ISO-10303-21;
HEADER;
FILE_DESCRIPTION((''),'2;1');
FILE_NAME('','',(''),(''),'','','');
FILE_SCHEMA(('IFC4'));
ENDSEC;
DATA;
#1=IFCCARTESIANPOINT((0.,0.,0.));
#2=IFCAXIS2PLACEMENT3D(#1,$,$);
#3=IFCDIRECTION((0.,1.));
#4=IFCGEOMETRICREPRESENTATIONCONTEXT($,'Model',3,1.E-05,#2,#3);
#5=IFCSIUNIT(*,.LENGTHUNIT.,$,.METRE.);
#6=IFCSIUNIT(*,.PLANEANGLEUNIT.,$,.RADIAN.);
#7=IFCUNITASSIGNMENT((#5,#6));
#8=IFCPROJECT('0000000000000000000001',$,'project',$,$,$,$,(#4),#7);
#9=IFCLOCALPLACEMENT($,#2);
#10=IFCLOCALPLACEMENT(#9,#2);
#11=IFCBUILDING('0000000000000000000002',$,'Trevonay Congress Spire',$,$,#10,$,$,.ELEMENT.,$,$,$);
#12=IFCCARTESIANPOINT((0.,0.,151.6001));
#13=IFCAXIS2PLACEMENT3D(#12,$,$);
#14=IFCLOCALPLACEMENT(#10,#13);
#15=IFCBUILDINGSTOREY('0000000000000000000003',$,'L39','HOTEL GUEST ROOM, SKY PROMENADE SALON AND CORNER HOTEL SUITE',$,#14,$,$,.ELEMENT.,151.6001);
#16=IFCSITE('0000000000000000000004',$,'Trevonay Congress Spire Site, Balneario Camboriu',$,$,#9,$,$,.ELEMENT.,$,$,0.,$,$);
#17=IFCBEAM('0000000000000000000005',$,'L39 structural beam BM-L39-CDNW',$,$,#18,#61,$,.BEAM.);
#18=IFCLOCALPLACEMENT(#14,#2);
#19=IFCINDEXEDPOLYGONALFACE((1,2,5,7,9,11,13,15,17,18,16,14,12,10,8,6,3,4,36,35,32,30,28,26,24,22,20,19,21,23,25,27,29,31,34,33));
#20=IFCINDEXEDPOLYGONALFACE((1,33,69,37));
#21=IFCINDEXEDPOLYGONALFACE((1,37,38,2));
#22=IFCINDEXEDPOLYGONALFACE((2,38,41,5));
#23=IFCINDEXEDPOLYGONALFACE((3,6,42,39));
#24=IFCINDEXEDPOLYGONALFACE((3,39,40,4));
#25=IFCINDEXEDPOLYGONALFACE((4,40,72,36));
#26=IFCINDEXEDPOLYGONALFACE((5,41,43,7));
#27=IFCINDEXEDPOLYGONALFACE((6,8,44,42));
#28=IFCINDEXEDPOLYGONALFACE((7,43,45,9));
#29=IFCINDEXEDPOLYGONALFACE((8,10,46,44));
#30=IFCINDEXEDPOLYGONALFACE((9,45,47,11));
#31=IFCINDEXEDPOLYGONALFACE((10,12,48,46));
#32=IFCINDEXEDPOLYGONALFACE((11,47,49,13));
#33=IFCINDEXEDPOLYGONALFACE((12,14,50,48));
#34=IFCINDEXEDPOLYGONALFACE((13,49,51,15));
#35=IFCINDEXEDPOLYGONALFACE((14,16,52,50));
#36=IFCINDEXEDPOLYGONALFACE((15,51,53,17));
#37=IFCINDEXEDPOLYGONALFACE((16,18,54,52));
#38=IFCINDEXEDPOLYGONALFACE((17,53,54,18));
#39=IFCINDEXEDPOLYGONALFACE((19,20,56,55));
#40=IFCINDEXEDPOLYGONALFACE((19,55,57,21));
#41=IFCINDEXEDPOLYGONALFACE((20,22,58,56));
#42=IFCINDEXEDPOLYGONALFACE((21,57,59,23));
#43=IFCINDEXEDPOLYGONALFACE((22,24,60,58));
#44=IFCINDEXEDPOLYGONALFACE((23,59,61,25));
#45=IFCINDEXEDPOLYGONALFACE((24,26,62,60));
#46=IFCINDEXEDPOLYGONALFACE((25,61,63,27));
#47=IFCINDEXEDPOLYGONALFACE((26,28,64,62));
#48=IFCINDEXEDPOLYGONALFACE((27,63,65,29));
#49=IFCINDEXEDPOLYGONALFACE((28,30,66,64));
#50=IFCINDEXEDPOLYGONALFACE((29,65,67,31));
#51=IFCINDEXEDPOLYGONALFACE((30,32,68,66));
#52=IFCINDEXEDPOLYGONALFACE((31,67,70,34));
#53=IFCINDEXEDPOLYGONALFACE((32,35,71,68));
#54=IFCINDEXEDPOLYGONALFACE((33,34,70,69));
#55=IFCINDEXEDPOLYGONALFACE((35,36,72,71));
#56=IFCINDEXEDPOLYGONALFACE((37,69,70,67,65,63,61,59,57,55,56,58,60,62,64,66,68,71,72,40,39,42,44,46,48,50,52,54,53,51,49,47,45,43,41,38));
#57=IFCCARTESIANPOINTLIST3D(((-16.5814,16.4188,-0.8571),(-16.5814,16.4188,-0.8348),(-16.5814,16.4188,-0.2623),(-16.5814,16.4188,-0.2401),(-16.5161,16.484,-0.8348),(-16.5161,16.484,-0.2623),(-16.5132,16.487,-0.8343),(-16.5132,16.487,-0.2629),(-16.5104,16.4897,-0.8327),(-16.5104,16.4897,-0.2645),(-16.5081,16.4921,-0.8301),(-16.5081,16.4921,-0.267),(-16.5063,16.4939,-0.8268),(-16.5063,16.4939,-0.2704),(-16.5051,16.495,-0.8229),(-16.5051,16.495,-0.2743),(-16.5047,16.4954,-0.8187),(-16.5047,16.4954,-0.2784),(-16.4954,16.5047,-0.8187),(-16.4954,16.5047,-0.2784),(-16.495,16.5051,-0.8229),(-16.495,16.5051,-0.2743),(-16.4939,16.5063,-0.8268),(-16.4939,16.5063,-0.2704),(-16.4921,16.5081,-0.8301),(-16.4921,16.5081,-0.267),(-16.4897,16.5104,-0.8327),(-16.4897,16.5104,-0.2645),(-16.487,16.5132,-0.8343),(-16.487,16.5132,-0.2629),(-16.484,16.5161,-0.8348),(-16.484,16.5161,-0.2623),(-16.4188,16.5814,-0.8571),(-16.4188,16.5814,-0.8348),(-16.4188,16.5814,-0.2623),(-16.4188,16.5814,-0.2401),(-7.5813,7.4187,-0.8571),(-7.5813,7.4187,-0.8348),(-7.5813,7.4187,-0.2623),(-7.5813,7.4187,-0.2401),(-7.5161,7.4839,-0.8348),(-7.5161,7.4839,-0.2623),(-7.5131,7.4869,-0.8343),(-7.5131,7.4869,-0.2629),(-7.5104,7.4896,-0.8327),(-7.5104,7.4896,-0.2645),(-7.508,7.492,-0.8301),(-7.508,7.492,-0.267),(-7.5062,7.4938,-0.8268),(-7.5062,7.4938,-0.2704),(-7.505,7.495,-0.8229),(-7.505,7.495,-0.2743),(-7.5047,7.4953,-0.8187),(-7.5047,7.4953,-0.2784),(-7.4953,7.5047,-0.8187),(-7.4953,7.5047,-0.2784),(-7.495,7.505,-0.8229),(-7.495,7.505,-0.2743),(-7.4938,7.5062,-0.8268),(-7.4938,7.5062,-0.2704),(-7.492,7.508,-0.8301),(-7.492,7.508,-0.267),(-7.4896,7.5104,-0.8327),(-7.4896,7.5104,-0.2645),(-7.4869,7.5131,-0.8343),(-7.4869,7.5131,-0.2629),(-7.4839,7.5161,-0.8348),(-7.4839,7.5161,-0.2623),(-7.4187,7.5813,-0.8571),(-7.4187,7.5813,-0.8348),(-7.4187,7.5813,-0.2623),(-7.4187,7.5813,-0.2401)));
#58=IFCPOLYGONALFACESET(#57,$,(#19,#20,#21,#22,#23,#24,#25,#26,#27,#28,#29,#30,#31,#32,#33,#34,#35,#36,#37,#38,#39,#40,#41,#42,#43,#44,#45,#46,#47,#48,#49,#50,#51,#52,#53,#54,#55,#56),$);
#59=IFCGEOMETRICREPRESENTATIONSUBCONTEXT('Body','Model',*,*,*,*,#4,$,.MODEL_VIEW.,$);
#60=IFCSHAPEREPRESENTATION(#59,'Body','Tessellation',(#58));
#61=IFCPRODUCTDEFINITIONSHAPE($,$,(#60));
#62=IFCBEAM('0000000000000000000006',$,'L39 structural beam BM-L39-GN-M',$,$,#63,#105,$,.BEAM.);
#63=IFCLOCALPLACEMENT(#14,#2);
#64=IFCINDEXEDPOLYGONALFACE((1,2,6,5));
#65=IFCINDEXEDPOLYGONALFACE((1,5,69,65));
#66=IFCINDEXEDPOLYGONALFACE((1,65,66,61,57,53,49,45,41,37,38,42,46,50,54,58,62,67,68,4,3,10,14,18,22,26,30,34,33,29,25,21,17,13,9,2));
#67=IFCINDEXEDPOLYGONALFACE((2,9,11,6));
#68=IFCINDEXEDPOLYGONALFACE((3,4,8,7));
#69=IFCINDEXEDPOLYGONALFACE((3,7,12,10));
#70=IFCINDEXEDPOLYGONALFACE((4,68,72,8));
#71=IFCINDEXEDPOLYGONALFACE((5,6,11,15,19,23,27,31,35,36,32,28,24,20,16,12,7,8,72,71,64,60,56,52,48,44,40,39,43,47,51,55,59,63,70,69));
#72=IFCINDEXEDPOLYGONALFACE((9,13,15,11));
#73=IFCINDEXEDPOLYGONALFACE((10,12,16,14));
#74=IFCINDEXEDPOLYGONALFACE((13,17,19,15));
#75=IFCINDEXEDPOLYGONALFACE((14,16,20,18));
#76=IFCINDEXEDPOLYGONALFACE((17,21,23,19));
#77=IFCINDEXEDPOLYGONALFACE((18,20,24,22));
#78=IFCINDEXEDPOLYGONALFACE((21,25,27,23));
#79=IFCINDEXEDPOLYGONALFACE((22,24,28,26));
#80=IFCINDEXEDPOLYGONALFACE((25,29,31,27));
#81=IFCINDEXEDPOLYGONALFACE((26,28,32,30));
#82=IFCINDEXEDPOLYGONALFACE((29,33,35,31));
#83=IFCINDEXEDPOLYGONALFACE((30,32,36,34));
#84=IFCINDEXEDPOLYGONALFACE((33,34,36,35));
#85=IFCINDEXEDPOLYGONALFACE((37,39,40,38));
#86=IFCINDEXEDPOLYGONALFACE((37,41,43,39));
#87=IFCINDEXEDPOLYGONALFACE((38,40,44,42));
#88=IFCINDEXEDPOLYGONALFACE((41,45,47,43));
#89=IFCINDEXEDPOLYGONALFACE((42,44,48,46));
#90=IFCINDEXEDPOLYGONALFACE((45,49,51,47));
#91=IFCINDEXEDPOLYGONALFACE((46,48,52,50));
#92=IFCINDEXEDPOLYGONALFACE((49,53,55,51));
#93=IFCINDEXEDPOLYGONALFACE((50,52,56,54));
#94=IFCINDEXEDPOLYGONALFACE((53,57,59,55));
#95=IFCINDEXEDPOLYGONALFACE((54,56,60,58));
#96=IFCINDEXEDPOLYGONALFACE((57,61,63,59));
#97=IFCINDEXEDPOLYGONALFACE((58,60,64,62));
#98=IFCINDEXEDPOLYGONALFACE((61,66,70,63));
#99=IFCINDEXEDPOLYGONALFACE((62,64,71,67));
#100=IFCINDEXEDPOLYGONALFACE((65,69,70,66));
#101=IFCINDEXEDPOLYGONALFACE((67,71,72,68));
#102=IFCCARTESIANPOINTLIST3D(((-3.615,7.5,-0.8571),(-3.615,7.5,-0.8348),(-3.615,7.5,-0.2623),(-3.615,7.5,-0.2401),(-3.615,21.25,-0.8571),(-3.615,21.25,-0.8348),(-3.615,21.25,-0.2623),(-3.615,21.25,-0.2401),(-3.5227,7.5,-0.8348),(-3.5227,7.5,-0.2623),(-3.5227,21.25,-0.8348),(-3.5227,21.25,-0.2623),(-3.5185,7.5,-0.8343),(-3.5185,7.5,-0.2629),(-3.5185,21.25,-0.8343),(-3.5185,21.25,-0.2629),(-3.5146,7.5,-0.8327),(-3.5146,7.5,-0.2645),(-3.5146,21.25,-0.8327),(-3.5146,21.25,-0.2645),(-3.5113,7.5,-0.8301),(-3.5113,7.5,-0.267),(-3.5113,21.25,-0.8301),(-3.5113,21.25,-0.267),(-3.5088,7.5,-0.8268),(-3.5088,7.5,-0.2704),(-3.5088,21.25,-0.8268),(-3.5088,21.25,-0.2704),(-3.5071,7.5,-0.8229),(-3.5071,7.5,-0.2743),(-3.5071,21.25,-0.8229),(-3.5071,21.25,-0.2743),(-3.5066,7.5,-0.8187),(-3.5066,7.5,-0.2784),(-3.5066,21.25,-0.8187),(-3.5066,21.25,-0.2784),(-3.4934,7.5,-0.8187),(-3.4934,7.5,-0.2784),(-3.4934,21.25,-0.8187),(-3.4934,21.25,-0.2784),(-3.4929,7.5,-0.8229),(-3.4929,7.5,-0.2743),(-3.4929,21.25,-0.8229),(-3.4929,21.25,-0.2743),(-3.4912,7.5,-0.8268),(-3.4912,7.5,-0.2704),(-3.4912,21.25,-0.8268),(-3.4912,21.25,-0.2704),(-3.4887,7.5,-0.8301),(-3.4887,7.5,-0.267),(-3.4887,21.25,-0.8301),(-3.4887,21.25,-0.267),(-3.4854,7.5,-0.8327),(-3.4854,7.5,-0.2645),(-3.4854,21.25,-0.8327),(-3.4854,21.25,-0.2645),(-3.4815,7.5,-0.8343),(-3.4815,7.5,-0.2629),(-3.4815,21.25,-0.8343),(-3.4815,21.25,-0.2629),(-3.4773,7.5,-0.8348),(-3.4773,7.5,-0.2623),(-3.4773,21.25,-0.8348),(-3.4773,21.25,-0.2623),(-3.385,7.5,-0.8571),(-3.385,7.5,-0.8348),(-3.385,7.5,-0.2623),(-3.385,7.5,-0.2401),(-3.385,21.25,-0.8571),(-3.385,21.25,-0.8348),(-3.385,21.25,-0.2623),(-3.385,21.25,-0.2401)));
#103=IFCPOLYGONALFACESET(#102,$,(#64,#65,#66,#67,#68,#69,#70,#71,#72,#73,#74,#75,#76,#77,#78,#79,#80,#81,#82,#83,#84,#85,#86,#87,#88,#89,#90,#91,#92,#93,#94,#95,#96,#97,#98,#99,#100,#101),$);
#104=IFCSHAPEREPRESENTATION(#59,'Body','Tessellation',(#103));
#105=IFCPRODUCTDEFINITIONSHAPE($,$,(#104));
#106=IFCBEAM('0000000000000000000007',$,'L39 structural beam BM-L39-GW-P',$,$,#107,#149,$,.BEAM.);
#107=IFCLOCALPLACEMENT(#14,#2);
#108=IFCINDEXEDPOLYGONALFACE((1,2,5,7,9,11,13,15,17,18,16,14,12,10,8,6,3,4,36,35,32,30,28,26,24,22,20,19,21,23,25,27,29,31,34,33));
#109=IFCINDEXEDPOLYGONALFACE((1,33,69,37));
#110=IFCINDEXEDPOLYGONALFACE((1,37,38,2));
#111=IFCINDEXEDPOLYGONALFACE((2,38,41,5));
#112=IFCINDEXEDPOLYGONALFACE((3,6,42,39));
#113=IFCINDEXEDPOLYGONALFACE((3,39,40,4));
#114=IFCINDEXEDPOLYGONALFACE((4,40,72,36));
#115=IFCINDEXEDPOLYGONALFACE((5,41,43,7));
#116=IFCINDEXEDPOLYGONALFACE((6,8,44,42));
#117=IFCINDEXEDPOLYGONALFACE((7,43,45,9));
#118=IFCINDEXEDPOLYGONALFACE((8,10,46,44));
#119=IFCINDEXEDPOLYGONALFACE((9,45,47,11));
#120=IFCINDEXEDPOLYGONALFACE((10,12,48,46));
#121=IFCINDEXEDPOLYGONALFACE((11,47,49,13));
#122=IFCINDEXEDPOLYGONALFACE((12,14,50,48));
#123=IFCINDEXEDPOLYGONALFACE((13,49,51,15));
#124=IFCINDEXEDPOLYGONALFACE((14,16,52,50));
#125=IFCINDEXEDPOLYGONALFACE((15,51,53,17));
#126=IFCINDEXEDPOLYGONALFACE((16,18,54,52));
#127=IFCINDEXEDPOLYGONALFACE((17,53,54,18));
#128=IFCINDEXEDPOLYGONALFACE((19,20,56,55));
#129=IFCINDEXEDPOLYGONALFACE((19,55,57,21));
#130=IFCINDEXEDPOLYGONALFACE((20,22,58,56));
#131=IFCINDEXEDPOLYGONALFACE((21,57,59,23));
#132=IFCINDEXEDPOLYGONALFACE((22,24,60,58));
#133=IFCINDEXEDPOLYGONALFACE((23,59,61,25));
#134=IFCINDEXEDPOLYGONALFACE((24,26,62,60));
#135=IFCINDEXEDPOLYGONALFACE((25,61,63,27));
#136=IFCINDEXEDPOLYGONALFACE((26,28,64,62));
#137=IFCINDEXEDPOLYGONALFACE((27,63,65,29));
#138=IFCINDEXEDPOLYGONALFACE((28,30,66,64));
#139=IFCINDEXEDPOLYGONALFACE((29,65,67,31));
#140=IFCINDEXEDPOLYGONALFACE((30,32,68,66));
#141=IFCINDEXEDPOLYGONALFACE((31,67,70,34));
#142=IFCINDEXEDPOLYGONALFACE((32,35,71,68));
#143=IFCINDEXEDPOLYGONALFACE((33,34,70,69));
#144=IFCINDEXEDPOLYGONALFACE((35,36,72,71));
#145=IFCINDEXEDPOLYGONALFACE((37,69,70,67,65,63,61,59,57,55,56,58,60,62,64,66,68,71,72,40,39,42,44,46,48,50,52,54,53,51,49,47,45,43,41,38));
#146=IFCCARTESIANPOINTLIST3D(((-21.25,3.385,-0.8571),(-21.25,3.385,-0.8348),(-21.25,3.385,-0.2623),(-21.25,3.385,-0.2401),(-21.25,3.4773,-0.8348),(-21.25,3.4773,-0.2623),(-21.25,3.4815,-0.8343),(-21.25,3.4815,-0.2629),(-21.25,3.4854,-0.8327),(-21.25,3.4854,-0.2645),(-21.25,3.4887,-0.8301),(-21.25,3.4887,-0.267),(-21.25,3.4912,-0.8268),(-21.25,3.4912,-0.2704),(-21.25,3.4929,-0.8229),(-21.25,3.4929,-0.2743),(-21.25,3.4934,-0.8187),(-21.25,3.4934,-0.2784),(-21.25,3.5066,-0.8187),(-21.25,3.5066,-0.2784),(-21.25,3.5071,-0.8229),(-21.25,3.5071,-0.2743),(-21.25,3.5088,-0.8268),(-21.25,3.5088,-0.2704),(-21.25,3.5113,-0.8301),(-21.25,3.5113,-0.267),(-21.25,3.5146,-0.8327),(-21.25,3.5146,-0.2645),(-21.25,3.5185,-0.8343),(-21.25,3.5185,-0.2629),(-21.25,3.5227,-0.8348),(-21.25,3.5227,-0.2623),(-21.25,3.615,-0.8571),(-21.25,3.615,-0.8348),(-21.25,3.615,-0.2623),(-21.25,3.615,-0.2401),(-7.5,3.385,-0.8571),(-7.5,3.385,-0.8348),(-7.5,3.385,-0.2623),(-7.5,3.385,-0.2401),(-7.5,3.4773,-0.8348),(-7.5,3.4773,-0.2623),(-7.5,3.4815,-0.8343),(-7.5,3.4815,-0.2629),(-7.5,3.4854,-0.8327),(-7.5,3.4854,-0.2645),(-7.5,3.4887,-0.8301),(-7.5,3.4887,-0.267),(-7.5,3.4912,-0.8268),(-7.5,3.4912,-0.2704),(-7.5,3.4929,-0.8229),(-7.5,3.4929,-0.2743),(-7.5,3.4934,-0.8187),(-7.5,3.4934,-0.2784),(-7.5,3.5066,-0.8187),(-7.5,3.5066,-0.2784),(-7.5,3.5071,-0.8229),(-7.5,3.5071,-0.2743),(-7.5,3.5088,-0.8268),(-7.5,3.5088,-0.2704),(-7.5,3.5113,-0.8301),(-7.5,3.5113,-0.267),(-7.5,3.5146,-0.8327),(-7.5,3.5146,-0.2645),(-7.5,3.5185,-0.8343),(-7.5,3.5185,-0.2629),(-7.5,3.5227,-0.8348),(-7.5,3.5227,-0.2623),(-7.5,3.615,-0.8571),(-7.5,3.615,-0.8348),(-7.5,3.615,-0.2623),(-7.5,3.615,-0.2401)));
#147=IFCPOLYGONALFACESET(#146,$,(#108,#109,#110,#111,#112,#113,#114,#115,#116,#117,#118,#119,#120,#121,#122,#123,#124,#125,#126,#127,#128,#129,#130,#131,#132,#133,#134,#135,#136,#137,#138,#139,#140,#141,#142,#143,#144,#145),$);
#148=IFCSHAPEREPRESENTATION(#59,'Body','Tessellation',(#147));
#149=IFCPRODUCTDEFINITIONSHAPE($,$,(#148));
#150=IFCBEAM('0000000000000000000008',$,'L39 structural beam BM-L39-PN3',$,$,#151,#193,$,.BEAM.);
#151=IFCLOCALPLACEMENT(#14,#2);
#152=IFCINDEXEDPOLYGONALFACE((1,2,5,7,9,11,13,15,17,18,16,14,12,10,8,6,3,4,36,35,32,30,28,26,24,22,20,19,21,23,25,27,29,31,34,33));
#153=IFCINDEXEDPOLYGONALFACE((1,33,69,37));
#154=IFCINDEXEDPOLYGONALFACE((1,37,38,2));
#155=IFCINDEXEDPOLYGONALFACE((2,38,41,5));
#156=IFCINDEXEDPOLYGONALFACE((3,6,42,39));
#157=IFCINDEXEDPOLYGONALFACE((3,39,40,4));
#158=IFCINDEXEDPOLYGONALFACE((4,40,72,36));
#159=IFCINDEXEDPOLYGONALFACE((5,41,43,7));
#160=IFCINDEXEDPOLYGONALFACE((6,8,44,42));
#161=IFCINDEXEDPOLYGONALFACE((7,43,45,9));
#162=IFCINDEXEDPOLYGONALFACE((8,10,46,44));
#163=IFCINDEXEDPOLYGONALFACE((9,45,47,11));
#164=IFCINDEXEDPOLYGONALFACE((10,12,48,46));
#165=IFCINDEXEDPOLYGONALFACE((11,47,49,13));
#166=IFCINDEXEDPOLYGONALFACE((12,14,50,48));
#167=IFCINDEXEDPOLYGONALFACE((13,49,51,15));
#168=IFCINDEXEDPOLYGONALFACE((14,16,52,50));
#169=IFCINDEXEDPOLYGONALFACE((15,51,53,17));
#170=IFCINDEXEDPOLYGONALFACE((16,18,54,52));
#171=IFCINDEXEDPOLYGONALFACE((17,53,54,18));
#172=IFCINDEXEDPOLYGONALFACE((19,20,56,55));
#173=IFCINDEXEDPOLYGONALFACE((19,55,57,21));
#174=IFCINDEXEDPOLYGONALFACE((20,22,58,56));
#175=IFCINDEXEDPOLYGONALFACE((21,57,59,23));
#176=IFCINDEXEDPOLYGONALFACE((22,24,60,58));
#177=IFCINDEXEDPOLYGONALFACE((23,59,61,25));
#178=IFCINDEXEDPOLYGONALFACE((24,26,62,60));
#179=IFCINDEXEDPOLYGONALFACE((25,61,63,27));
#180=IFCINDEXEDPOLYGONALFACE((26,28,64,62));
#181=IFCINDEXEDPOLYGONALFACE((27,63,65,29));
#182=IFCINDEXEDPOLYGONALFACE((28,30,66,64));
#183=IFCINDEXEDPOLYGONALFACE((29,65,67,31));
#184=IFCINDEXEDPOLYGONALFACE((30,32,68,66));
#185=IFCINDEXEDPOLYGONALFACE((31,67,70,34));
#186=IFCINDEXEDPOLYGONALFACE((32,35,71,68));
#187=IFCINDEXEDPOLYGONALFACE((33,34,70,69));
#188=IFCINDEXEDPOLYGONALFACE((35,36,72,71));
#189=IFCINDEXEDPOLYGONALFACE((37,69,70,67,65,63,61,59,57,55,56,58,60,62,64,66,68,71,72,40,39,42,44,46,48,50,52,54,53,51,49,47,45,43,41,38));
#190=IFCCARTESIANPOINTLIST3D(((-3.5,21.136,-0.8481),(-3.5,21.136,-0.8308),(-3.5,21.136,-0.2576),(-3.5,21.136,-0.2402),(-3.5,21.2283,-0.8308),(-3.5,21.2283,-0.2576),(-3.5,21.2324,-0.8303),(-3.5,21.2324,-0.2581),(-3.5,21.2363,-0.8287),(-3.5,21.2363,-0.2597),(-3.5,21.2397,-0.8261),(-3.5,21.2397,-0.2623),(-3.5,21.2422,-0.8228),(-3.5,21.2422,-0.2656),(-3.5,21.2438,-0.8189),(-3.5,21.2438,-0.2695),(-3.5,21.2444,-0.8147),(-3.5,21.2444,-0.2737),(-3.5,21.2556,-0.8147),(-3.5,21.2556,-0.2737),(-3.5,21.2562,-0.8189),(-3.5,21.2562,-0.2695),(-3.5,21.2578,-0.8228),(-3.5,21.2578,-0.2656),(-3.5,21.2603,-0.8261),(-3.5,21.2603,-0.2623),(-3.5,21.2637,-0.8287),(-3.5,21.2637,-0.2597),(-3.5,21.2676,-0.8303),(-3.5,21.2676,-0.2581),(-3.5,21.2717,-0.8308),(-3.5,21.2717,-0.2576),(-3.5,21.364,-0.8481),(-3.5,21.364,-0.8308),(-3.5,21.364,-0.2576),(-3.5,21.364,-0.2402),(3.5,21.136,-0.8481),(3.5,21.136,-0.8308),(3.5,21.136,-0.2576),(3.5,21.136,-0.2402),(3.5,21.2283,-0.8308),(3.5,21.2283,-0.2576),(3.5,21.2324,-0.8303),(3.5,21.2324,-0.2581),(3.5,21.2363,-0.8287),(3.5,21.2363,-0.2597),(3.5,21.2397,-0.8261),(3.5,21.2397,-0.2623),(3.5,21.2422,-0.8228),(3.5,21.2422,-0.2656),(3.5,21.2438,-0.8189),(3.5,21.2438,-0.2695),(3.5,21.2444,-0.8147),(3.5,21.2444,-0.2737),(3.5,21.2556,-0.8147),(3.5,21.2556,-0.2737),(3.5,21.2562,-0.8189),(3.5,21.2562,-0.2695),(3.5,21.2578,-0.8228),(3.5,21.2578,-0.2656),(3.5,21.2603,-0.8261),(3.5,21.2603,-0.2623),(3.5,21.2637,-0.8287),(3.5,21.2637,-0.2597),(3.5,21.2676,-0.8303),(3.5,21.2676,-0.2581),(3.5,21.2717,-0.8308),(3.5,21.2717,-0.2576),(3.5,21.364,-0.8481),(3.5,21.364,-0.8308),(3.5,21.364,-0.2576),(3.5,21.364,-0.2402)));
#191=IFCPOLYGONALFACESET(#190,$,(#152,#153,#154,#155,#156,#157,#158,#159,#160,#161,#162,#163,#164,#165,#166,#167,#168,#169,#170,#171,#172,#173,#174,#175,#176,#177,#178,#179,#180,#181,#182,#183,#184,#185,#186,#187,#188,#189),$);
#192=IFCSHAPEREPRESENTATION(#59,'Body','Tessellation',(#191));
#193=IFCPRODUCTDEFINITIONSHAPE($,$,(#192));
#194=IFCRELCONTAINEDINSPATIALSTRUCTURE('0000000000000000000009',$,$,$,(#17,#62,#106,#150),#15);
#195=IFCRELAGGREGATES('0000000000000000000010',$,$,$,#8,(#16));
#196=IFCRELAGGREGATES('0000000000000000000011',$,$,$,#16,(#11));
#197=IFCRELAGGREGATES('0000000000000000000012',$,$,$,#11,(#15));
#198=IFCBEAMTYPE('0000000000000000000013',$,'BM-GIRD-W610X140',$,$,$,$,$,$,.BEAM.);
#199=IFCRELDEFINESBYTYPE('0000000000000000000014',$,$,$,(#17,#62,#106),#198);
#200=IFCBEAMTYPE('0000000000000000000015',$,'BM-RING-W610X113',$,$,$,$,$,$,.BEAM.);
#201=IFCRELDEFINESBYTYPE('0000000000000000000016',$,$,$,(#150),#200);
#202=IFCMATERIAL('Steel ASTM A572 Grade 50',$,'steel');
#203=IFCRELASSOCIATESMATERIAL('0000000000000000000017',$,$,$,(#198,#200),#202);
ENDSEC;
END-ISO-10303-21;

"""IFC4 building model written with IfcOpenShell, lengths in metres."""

from ifc_helpers import new_model, si_unit, direction, frame, origin, origin_2d, place, context, subcontext, project, spatial, i_section, extrude, material, material_profile, profile_set, type_object, element, save


model = new_model("IFC4")

# Units and contexts
model_context = context("Model", 3, precision=1e-05, world=origin(), true_north=direction((0.0, 1.0)))
body_context = subcontext(model_context, "Body", "Model", "MODEL_VIEW")
ifc_project = project(units=[si_unit("LENGTHUNIT", "METRE"), si_unit("PLANEANGLEUNIT", "RADIAN")], contexts=[model_context])

# Site, building, storey
site_placement = place(None, origin())
site = spatial("IfcSite", under=ifc_project, at=site_placement, Name="Trevonay Congress Spire Site, Balneario Camboriu", CompositionType="ELEMENT", RefElevation=0.0)
building_placement = place(site_placement, origin())
building = spatial("IfcBuilding", under=site, at=building_placement, Name="Trevonay Congress Spire", CompositionType="ELEMENT")
storey_placement = place(building_placement, frame((0.0, 0.0, 151.6001)))
storey = spatial("IfcBuildingStorey", under=building, at=storey_placement, Name="L39", Description="HOTEL GUEST ROOM, SKY PROMENADE SALON AND CORNER HOTEL SUITE", CompositionType="ELEMENT", Elevation=151.6001)

# Shared definitions
ifc_material_1 = material(Name="Steel ASTM A572 Grade 50", Category="steel")

# Beams
ifc_material_profile_1 = material_profile(ifc_material_1, i_section(OverallWidth=0.23, OverallDepth=0.6169, WebThickness=0.0132, FlangeThickness=0.0222, FilletRadius=0.0161, at=origin_2d()), Name="W610x140")
ifc_profile_set_1 = profile_set([ifc_material_profile_1], Name="Steel ASTM A572 Grade 50")
beam_type_1 = type_object("IfcBeamType", Name="BM-GIRD-W610X140", PredefinedType="BEAM", material=ifc_profile_set_1)
beam_1_placement = place(storey_placement, frame((-7.5, 7.5, -0.5486), z_axis=(-0.707107, 0.707107, 0.0), x_axis=(-0.707107, -0.707107, 0.0)))
element("IfcBeam", 1, at=beam_1_placement, inside=storey, type_object=beam_type_1, Name="L39 structural beam BM-L39-CDNW", PredefinedType="BEAM", context=body_context, shape_type="SweptSolid", body=[
    extrude(i_section(OverallWidth=0.23, OverallDepth=0.6169, WebThickness=0.0132, FlangeThickness=0.0222, FilletRadius=0.0161, at=origin_2d()), origin(), (0.0, 0.0, 1.0), 12.728),
])
for number, where, z_axis, x_axis, name in (
    (2, (-3.5, 7.5, -0.5486), (0.0, 1.0, 0.0), (-1.0, 0.0, 0.0), "L39 structural beam BM-L39-GN-M"),
    (3, (-7.5, 3.5, -0.5486), (-1.0, 0.0, 0.0), (0.0, -1.0, 0.0), "L39 structural beam BM-L39-GW-P"),
):
    element("IfcBeam", number, at=place(storey_placement, frame(where, z_axis=z_axis, x_axis=x_axis)), inside=storey, type_object=beam_type_1, Name=name, PredefinedType="BEAM", context=body_context, shape_type="SweptSolid", body=[
        extrude(i_section(OverallWidth=0.23, OverallDepth=0.6169, WebThickness=0.0132, FlangeThickness=0.0222, FilletRadius=0.0161, at=origin_2d()), origin(), (0.0, 0.0, 1.0), 13.75),
    ])
ifc_material_profile_2 = material_profile(ifc_material_1, i_section(OverallWidth=0.228, OverallDepth=0.6079, WebThickness=0.0112, FlangeThickness=0.0173, FilletRadius=0.0161, at=origin_2d()), Name="W610x113")
ifc_profile_set_2 = profile_set([ifc_material_profile_2], Name="Steel ASTM A572 Grade 50")
beam_type_2 = type_object("IfcBeamType", Name="BM-RING-W610X113", PredefinedType="BEAM", material=ifc_profile_set_2)
beam_2_placement = place(storey_placement, frame((-3.5, 21.25, -0.5442), z_axis=(1.0, 0.0, 0.0), x_axis=(0.0, 1.0, 0.0)))
element("IfcBeam", 4, at=beam_2_placement, inside=storey, type_object=beam_type_2, Name="L39 structural beam BM-L39-PN3", PredefinedType="BEAM", context=body_context, shape_type="SweptSolid", body=[
    extrude(i_section(OverallWidth=0.228, OverallDepth=0.6079, WebThickness=0.0112, FlangeThickness=0.0173, FilletRadius=0.0161, at=origin_2d()), origin(), (0.0, 0.0, 1.0), 7.0),
])

save(model, "model.ifc")
